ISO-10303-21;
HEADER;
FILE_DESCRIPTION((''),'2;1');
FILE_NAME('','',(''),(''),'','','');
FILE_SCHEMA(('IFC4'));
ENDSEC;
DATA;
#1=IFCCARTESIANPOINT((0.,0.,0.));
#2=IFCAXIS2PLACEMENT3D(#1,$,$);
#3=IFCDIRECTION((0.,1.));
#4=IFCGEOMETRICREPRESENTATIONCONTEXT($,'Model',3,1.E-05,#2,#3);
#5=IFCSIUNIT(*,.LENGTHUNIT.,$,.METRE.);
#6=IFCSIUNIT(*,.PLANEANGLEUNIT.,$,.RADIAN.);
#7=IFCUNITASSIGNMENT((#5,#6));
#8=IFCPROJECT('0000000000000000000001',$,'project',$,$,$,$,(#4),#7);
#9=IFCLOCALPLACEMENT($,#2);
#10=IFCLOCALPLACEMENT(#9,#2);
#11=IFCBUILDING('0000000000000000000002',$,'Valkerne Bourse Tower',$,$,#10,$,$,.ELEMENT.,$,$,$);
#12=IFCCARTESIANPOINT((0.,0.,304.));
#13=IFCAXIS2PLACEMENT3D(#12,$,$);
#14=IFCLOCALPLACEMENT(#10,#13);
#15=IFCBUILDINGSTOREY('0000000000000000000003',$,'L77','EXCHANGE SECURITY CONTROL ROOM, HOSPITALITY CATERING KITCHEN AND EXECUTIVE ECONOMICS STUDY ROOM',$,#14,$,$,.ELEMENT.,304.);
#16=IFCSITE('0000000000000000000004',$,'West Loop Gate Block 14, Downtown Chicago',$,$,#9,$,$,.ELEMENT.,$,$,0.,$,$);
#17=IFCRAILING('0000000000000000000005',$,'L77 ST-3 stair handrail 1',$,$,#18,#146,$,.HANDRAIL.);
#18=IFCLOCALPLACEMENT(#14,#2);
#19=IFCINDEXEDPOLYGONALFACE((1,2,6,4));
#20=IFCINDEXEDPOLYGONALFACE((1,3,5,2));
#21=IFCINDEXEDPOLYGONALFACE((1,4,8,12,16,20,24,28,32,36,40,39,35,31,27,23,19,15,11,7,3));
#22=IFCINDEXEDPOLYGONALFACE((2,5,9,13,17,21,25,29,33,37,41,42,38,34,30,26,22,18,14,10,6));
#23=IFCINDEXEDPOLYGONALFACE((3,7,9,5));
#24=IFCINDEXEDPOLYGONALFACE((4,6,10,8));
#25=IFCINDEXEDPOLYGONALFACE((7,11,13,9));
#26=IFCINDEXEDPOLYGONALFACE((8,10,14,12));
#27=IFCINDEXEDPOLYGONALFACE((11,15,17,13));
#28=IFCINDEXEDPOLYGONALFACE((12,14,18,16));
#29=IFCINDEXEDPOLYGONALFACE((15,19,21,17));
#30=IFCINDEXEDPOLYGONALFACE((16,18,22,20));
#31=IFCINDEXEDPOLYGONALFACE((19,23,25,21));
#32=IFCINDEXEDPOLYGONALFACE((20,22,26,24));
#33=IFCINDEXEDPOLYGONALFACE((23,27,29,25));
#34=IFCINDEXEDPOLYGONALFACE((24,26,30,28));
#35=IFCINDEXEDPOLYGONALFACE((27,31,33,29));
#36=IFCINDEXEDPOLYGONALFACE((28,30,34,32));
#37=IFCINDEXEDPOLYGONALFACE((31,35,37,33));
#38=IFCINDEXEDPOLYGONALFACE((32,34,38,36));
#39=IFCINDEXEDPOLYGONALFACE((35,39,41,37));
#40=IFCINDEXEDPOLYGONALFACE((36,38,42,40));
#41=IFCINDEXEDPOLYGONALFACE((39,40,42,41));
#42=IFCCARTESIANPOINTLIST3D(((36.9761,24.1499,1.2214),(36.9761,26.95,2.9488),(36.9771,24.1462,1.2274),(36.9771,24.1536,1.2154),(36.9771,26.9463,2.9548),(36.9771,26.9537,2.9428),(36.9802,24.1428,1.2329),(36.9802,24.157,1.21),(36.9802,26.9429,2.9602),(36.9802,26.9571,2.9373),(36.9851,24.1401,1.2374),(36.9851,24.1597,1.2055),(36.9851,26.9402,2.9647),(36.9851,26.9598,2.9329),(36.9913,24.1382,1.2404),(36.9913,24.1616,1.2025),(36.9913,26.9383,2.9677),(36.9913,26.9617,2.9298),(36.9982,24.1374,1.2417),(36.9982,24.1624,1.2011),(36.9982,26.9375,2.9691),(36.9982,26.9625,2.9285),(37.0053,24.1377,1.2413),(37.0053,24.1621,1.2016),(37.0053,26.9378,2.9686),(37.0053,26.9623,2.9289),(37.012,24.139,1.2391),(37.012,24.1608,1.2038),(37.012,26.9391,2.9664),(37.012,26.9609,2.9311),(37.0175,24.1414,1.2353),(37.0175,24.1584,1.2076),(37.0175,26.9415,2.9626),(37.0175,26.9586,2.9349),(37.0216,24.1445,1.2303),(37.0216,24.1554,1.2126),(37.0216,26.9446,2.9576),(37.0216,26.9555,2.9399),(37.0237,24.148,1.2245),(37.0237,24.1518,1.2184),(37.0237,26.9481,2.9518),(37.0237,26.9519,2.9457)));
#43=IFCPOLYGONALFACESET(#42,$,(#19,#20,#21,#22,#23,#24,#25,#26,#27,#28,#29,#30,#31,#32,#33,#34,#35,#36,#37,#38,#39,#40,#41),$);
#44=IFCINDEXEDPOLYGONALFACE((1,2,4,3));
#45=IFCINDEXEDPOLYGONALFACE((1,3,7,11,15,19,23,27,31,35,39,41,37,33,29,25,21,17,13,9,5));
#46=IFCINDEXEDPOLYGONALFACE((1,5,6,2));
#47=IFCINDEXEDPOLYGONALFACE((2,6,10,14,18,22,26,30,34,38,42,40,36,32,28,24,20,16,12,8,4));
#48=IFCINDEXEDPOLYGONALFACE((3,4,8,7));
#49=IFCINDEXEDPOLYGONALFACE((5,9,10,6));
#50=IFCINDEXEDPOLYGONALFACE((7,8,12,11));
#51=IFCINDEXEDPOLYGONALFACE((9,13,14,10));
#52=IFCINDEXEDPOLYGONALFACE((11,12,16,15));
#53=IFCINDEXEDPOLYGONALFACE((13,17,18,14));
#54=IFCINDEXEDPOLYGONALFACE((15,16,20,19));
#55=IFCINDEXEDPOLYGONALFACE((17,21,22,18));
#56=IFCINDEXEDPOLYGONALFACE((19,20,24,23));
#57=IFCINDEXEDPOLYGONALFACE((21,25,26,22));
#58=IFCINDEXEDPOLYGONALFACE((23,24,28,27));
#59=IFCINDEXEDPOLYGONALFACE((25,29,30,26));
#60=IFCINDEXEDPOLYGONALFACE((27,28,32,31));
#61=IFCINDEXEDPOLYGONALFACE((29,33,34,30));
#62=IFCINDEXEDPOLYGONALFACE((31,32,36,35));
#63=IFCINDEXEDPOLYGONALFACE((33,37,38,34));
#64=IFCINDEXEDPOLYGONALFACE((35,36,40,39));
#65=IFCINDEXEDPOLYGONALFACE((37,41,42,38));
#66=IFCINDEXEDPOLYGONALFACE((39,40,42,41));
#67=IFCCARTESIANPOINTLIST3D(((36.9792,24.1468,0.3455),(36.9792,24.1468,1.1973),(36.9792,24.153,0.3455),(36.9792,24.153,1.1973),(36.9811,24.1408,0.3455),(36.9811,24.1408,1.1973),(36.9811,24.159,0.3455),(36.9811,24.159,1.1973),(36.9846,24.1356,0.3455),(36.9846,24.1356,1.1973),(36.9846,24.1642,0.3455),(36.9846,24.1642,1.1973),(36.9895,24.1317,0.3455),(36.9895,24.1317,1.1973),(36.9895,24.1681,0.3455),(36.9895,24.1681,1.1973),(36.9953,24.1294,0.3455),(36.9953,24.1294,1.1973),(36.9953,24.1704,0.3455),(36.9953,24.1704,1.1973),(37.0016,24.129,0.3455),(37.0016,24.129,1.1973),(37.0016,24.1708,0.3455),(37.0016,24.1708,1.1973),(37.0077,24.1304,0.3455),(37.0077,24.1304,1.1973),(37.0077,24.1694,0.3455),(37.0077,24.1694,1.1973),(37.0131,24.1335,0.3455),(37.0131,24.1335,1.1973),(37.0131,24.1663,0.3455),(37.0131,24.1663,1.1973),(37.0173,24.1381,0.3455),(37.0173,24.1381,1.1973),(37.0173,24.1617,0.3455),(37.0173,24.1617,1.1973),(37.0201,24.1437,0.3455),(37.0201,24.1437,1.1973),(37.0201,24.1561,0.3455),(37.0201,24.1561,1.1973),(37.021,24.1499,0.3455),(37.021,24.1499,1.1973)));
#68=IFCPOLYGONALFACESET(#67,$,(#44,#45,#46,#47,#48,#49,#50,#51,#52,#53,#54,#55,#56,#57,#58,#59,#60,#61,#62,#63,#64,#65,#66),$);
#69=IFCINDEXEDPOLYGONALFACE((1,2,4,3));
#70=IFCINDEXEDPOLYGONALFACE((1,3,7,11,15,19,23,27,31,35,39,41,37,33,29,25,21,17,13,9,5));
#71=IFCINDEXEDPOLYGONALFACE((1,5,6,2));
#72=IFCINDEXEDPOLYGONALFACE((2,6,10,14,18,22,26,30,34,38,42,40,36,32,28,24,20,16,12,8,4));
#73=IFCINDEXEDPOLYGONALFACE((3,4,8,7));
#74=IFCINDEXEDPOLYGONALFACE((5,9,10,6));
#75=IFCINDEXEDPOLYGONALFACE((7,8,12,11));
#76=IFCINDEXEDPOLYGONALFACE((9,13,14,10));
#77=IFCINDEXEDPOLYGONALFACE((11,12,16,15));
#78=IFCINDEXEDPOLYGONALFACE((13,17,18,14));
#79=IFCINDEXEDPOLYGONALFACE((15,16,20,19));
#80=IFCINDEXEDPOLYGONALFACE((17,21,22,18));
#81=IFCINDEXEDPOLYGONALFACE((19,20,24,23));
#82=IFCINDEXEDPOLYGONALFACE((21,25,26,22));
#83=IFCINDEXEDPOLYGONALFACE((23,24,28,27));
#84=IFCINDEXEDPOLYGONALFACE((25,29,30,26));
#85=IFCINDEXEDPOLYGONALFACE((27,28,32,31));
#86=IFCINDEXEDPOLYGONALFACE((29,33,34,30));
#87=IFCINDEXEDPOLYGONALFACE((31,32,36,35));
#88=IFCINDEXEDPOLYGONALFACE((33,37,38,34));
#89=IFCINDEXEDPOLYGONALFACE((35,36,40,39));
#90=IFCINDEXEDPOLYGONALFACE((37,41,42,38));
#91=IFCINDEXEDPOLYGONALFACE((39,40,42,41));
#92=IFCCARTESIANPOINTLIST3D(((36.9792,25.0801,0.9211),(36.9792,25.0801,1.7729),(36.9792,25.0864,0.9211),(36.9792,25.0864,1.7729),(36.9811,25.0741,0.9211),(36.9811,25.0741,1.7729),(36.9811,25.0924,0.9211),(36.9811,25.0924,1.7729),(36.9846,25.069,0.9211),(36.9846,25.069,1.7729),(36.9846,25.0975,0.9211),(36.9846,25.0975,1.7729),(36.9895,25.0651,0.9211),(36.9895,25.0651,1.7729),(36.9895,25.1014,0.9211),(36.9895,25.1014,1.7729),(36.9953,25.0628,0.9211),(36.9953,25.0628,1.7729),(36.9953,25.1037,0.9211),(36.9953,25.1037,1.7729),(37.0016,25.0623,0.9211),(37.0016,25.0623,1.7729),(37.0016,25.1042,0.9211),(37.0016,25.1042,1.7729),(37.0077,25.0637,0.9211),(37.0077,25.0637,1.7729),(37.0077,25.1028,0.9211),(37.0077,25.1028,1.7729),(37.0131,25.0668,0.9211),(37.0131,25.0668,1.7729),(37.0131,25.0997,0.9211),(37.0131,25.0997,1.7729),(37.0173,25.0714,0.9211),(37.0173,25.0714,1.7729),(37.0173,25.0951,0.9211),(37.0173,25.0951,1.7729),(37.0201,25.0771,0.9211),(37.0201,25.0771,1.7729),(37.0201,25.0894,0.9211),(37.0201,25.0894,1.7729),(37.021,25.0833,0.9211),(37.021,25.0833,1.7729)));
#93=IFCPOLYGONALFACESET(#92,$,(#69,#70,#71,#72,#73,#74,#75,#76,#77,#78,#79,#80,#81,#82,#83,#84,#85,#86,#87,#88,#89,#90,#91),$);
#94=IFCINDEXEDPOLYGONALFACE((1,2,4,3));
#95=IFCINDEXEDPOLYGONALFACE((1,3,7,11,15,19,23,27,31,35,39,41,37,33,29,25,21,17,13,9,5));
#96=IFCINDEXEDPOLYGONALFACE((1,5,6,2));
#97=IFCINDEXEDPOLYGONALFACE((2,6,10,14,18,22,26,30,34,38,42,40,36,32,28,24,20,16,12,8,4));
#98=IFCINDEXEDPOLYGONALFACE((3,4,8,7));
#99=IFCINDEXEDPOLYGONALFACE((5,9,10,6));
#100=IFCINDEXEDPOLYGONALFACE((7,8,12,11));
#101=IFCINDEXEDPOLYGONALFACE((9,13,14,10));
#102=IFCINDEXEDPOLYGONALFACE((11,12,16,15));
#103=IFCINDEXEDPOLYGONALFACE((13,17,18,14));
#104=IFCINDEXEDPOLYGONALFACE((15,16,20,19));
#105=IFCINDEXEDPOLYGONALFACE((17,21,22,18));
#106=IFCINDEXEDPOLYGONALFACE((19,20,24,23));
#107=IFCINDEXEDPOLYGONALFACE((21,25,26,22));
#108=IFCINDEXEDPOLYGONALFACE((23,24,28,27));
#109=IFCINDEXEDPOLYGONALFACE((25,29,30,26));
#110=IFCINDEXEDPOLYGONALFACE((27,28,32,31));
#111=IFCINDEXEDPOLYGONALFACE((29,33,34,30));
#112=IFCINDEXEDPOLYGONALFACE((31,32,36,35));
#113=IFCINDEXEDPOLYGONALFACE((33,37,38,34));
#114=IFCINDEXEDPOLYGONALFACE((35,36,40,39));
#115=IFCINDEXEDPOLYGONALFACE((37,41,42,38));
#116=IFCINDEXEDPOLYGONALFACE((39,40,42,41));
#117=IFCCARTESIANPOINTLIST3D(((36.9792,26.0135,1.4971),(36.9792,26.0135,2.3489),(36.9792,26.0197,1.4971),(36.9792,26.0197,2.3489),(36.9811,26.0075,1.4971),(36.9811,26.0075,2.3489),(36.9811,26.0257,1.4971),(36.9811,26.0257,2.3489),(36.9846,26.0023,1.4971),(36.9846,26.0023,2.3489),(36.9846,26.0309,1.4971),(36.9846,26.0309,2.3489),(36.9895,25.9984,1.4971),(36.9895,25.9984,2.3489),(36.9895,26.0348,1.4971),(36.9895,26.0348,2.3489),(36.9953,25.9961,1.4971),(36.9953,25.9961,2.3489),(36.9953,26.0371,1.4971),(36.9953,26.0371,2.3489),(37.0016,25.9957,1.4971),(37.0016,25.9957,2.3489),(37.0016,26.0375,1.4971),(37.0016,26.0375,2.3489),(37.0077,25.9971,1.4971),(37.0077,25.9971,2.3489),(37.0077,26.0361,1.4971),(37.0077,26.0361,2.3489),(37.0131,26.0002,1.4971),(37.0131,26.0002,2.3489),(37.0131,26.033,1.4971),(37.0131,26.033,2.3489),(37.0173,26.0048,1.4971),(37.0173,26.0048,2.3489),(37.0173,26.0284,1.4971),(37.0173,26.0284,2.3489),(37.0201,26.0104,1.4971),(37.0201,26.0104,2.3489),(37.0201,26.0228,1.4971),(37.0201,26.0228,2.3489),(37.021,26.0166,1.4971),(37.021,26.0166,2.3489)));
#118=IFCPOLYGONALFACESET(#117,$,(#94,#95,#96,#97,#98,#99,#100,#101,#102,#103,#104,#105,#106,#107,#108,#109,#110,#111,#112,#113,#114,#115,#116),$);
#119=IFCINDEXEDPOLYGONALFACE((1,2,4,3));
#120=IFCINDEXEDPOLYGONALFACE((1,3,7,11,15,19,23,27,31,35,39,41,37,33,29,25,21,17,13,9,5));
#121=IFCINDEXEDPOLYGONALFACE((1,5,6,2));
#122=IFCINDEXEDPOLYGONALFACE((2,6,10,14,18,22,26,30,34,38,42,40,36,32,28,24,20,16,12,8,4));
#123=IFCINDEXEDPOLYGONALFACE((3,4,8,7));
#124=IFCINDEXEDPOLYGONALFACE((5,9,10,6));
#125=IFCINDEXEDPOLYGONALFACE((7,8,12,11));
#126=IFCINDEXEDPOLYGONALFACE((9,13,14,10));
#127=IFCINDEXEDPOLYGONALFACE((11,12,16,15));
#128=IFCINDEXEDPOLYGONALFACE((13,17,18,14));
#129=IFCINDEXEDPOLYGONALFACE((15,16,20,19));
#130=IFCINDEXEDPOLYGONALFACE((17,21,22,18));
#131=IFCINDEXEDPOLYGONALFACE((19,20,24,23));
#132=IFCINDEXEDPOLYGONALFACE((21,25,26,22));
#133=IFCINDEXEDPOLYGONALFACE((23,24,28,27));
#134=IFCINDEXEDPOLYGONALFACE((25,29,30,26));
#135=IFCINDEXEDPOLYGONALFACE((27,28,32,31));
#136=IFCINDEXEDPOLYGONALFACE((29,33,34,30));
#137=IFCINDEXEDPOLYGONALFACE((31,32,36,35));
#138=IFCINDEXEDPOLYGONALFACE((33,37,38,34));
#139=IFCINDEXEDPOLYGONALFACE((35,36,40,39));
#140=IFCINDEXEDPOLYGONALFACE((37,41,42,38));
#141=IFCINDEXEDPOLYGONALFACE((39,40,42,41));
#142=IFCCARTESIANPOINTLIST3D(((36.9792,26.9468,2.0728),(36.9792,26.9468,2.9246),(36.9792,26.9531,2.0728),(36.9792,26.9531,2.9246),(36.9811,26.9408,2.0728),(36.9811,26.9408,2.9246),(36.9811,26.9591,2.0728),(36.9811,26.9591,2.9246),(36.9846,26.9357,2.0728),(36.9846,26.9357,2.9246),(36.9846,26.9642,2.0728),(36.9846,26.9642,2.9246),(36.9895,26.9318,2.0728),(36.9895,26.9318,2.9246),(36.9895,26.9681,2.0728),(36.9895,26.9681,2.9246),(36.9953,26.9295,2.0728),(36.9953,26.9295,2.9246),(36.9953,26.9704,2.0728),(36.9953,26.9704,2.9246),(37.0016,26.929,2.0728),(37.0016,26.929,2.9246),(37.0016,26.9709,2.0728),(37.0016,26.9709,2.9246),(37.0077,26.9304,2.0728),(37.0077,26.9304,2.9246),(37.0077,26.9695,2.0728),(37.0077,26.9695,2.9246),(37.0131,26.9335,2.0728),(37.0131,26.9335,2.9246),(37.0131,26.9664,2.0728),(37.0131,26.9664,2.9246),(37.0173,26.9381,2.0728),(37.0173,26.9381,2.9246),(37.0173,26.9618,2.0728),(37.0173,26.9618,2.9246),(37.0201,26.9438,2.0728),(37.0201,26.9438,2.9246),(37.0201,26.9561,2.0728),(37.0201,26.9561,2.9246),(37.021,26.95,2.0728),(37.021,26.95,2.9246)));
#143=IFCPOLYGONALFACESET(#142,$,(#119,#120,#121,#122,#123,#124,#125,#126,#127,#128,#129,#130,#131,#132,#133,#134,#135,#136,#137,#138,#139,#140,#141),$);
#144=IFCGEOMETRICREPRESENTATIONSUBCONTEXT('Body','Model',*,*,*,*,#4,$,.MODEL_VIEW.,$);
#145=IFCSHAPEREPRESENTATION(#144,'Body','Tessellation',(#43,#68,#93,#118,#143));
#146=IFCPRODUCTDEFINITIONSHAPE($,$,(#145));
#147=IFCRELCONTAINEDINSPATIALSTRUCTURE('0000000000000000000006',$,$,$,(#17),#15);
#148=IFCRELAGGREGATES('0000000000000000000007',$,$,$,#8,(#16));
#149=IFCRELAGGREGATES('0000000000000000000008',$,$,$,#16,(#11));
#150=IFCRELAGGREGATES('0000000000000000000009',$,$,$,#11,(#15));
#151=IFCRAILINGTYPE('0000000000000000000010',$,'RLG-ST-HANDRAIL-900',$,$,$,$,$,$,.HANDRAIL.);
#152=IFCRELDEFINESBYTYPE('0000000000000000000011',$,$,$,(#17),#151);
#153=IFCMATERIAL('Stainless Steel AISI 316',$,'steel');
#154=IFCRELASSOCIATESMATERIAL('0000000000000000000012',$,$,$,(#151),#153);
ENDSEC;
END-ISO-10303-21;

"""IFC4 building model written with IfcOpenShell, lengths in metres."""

from ifc_helpers import new_model, si_unit, direction, frame, origin, origin_2d, place, context, subcontext, project, spatial, circle, extrude, material, type_object, element, save


model = new_model("IFC4")

# Units and contexts
model_context = context("Model", 3, precision=1e-05, world=origin(), true_north=direction((0.0, 1.0)))
body_context = subcontext(model_context, "Body", "Model", "MODEL_VIEW")
ifc_project = project(units=[si_unit("LENGTHUNIT", "METRE"), si_unit("PLANEANGLEUNIT", "RADIAN")], contexts=[model_context])

# Site, building, storey
site_placement = place(None, origin())
site = spatial("IfcSite", under=ifc_project, at=site_placement, Name="West Loop Gate Block 14, Downtown Chicago", CompositionType="ELEMENT", RefElevation=0.0)
building_placement = place(site_placement, origin())
building = spatial("IfcBuilding", under=site, at=building_placement, Name="Valkerne Bourse Tower", CompositionType="ELEMENT")
storey_placement = place(building_placement, frame((0.0, 0.0, 304.0)))
storey = spatial("IfcBuildingStorey", under=building, at=storey_placement, Name="L77", Description="EXCHANGE SECURITY CONTROL ROOM, HOSPITALITY CATERING KITCHEN AND EXECUTIVE ECONOMICS STUDY ROOM", CompositionType="ELEMENT", Elevation=304.0)

# Shared definitions
ifc_material_1 = material(Name="Stainless Steel AISI 316", Category="steel")

# Railing
railing_type_1 = type_object("IfcRailingType", Name="RLG-ST-HANDRAIL-900", PredefinedType="HANDRAIL", material=ifc_material_1)
railing_1_placement = place(storey_placement, frame((37.0, 24.1499, 0.3455)))
element("IfcRailing", 1, at=railing_1_placement, inside=storey, type_object=railing_type_1, Name="L77 ST-3 stair handrail 1", PredefinedType="HANDRAIL", context=body_context, shape_type="SweptSolid", body=[
    extrude(circle(Radius=0.0239, at=origin_2d()), frame((0.0, 0.0, 0.876), z_axis=(0.0, 0.85109, 0.52502), x_axis=(-1.0, 0.0, 0.0)), (0.0, 0.0, 1.0), 3.29),
    extrude(circle(Radius=0.021, at=origin_2d()), origin(), (0.0, 0.0, 1.0), 0.8518),
    extrude(circle(Radius=0.021, at=origin_2d()), frame((0.0, 0.9333, 0.5757)), (0.0, 0.0, 1.0), 0.8518),
    extrude(circle(Radius=0.021, at=origin_2d()), frame((0.0, 1.8667, 1.1516)), (0.0, 0.0, 1.0), 0.8518),
    extrude(circle(Radius=0.021, at=origin_2d()), frame((0.0, 2.8, 1.7273)), (0.0, 0.0, 1.0), 0.8518),
])

save(model, "model.ifc")
